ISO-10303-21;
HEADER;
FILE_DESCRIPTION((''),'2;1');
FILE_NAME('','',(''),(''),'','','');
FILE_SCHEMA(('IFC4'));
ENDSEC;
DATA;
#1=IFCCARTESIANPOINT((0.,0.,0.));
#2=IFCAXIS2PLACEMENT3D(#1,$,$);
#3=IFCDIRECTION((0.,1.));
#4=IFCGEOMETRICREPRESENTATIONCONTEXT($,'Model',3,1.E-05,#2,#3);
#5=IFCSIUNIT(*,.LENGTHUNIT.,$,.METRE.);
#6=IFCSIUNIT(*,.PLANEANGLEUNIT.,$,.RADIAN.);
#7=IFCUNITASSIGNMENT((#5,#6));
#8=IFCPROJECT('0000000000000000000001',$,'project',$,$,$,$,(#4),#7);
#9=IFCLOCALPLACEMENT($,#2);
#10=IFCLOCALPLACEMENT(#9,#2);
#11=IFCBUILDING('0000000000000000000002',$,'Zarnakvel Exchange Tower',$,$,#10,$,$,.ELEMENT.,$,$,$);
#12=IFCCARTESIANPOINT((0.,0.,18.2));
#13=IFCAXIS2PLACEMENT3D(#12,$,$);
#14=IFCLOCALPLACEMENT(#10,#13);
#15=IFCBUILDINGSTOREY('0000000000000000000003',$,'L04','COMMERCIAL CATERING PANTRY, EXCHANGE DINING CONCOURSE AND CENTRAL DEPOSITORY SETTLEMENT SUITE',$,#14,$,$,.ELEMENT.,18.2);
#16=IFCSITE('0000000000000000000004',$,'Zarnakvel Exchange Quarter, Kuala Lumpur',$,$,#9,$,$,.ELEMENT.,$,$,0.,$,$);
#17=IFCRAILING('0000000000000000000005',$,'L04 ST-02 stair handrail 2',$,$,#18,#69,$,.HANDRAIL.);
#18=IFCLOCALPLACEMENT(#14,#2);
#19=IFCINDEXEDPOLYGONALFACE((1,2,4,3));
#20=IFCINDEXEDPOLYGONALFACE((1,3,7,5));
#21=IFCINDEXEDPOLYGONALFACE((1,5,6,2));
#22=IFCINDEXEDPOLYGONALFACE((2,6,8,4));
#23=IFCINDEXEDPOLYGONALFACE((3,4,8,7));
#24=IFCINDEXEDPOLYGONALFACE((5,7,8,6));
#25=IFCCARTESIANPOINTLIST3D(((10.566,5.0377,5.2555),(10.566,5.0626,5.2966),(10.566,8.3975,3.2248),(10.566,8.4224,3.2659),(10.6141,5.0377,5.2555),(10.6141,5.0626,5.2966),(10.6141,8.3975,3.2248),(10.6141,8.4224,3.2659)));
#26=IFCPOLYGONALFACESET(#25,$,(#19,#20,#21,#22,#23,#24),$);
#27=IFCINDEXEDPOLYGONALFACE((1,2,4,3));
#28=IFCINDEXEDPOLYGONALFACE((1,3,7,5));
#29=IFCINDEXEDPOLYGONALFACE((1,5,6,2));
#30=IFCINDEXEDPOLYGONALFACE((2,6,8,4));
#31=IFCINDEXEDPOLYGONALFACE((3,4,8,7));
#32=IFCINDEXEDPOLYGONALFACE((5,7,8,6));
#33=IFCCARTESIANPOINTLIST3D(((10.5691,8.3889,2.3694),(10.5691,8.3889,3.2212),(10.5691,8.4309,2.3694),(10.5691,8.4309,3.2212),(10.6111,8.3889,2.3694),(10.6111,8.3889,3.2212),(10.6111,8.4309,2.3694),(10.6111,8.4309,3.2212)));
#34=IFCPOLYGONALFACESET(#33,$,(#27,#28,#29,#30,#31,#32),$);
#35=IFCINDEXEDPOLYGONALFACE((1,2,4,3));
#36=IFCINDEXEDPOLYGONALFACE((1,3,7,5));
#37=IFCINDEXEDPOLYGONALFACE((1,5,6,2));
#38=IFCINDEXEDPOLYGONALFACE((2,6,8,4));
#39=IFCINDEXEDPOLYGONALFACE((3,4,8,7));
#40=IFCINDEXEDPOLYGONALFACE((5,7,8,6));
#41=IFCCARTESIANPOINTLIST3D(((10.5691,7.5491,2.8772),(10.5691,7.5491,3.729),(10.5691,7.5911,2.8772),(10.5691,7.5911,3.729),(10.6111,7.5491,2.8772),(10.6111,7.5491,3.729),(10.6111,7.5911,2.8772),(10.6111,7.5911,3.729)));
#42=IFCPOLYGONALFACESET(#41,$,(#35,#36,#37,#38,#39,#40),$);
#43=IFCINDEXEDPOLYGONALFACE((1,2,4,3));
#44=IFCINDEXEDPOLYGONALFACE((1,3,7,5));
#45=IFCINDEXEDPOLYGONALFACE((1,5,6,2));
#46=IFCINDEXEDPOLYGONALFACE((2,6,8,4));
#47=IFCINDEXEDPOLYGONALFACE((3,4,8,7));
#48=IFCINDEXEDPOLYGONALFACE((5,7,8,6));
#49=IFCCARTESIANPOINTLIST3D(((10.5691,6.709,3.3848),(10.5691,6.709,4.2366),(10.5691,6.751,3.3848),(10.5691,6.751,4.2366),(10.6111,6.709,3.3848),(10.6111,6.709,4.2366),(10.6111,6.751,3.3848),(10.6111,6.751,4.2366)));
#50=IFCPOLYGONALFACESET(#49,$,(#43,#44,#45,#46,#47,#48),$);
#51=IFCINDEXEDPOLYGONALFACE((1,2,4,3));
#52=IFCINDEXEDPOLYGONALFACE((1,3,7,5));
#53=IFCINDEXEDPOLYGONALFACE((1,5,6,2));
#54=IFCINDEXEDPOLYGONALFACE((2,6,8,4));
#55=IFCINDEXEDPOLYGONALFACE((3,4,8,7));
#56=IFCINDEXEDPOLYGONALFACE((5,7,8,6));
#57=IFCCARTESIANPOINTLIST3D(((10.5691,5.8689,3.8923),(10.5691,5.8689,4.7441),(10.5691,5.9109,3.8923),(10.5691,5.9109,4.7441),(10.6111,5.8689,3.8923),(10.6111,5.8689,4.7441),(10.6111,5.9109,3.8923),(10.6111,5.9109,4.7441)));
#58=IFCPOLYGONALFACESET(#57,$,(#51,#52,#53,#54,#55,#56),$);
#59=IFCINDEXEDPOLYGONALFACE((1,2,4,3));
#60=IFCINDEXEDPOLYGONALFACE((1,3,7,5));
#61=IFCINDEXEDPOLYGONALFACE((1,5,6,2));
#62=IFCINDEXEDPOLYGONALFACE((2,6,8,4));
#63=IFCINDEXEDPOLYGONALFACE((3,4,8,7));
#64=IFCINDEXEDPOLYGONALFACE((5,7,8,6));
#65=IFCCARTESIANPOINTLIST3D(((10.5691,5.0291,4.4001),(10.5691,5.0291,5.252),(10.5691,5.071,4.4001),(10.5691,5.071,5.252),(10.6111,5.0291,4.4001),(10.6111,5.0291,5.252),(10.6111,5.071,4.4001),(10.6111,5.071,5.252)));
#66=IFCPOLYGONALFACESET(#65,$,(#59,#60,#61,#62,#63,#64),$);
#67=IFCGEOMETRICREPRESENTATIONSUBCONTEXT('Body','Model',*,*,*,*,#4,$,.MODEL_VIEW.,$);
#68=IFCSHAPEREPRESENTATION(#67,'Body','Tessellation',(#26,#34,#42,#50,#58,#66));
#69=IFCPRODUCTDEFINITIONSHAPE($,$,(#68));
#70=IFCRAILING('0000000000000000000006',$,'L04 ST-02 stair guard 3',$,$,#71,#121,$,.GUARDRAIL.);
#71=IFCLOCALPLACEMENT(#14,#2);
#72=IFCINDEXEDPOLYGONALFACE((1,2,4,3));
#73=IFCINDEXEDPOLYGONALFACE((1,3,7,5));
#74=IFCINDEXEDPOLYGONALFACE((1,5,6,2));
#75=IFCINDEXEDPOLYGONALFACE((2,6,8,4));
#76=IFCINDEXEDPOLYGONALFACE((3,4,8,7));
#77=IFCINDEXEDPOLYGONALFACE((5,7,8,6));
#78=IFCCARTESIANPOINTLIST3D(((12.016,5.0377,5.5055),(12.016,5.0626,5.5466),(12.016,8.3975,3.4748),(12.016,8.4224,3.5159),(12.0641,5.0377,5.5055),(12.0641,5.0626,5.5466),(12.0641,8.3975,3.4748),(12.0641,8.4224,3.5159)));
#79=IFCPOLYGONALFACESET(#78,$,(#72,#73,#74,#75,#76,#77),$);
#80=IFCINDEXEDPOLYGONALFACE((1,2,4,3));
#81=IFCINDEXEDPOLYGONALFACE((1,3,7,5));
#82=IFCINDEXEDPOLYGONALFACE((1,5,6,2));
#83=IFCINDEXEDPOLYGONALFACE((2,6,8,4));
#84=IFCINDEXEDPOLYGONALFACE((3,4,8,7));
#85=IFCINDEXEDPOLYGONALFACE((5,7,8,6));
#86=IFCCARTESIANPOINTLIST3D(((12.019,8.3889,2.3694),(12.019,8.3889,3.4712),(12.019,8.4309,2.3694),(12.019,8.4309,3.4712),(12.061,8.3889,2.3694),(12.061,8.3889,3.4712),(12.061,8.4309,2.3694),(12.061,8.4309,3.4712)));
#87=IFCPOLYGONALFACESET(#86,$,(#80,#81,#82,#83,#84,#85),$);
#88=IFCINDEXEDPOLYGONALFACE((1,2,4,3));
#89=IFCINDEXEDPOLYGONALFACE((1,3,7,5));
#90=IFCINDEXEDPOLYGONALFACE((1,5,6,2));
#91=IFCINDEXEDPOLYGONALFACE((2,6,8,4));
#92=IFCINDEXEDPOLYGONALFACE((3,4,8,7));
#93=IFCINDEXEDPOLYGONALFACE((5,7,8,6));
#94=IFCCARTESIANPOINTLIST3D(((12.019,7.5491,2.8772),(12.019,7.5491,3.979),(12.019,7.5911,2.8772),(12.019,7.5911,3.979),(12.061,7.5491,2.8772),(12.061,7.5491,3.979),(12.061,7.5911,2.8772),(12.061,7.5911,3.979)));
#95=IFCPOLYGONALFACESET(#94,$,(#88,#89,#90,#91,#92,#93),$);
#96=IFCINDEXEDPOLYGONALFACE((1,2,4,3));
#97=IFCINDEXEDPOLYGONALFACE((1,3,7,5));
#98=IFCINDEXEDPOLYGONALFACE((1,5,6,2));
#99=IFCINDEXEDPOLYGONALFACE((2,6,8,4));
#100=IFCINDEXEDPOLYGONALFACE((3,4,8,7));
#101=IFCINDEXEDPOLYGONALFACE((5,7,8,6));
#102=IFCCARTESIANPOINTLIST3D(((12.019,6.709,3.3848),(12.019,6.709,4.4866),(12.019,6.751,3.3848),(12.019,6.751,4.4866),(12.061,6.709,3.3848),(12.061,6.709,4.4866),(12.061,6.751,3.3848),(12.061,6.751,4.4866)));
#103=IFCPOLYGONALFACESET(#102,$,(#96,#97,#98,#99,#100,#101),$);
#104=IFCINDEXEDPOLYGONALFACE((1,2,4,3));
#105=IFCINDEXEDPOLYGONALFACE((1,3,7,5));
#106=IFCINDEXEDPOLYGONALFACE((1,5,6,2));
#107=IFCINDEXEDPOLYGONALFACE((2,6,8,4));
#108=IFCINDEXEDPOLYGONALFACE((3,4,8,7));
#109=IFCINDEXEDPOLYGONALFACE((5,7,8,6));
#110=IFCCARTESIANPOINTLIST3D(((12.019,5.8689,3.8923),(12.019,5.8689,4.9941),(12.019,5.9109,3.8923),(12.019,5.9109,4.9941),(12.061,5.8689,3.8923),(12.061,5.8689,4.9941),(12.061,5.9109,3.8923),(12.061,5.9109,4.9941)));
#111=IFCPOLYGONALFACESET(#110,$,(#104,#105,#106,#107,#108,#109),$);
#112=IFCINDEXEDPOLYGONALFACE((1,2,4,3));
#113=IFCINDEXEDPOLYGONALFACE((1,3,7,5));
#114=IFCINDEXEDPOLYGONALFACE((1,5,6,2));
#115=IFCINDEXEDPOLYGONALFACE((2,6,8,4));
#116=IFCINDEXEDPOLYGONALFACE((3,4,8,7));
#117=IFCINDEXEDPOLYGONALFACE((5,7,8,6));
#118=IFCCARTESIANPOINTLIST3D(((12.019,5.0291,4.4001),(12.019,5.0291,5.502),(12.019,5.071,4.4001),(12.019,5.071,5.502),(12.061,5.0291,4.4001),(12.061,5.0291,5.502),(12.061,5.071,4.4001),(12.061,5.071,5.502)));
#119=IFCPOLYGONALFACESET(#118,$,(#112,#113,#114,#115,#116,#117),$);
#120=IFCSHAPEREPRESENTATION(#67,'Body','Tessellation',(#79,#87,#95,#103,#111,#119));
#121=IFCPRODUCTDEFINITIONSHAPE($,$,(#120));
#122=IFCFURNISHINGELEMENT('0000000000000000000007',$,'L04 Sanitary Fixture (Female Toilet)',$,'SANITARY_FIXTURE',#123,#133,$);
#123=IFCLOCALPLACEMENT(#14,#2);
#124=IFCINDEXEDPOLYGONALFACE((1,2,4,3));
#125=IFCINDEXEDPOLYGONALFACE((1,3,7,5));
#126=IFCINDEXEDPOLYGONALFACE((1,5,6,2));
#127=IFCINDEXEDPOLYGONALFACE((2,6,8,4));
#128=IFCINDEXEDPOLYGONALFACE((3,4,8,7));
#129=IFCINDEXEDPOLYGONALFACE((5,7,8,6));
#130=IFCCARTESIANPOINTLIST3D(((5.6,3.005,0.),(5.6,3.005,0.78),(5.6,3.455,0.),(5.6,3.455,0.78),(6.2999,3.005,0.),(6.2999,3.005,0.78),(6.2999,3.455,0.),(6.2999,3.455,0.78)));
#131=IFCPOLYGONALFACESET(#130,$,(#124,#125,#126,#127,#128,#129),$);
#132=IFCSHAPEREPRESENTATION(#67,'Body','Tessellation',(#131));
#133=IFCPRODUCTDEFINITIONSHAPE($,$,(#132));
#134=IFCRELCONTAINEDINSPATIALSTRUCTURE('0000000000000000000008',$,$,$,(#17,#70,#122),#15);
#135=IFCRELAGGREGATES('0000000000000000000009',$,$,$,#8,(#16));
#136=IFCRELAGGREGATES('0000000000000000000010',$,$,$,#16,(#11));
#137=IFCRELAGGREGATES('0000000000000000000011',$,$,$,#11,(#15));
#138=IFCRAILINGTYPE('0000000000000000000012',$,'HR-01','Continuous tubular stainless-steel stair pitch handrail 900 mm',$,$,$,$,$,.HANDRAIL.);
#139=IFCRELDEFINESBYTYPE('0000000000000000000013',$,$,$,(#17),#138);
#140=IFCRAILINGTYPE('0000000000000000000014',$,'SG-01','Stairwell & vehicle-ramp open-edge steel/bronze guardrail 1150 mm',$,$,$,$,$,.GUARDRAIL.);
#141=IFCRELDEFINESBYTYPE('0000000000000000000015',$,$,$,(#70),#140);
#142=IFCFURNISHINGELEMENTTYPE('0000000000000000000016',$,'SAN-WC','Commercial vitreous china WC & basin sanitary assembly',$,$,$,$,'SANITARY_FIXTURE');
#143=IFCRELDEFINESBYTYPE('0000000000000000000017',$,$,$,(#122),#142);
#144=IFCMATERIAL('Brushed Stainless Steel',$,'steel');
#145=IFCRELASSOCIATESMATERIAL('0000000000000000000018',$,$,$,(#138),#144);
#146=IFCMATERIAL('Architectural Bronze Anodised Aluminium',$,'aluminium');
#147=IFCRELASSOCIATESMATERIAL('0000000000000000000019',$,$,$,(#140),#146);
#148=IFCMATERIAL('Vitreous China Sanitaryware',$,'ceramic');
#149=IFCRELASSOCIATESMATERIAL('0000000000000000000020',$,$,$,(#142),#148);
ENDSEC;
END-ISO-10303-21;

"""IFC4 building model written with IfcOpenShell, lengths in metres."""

from ifc_helpers import new_model, si_unit, direction, frame, origin, origin_2d, place, context, subcontext, project, spatial, rectangle, extrude, source, transform, mapped, material, type_object, element, save


model = new_model("IFC4")

# Units and contexts
model_context = context("Model", 3, precision=1e-05, world=origin(), true_north=direction((0.0, 1.0)))
body_context = subcontext(model_context, "Body", "Model", "MODEL_VIEW")
ifc_project = project(units=[si_unit("LENGTHUNIT", "METRE"), si_unit("PLANEANGLEUNIT", "RADIAN")], contexts=[model_context])

# Site, building, storey
site_placement = place(None, origin())
site = spatial("IfcSite", under=ifc_project, at=site_placement, Name="Zarnakvel Exchange Quarter, Kuala Lumpur", CompositionType="ELEMENT", RefElevation=0.0)
building_placement = place(site_placement, origin())
building = spatial("IfcBuilding", under=site, at=building_placement, Name="Zarnakvel Exchange Tower", CompositionType="ELEMENT")
storey_placement = place(building_placement, frame((0.0, 0.0, 18.2)))
storey = spatial("IfcBuildingStorey", under=building, at=storey_placement, Name="L04", Description="COMMERCIAL CATERING PANTRY, EXCHANGE DINING CONCOURSE AND CENTRAL DEPOSITORY SETTLEMENT SUITE", CompositionType="ELEMENT", Elevation=18.2)

# Shared definitions
ifc_material_1 = material(Name="Brushed Stainless Steel", Category="steel")

# Railings
railing_type_1 = type_object("IfcRailingType", Name="HR-01", Description="Continuous tubular stainless-steel stair pitch handrail 900 mm", PredefinedType="HANDRAIL", material=ifc_material_1)
railing_1_placement = place(storey_placement, frame((10.5901, 8.4099, 2.3694)))
element("IfcRailing", 1, at=railing_1_placement, inside=storey, type_object=railing_type_1, Name="L04 ST-02 stair handrail 2", PredefinedType="HANDRAIL", context=body_context, shape_type="SweptSolid", body=[
    extrude(rectangle(XDim=0.0481, YDim=0.0481, at=origin_2d()), frame((0.0, 0.0, 0.876), z_axis=(0.0, -0.85582, 0.517273), x_axis=(1.0, 0.0, 0.0)), (0.0, 0.0, 1.0), 3.9258),
    extrude(rectangle(XDim=0.042, YDim=0.042, at=origin_2d()), origin(), (0.0, 0.0, 1.0), 0.8518),
    extrude(rectangle(XDim=0.042, YDim=0.042, at=origin_2d()), frame((0.0, -0.8398, 0.5078)), (0.0, 0.0, 1.0), 0.8518),
    extrude(rectangle(XDim=0.042, YDim=0.042, at=origin_2d()), frame((0.0, -1.6799, 1.0154)), (0.0, 0.0, 1.0), 0.8518),
    extrude(rectangle(XDim=0.042, YDim=0.042, at=origin_2d()), frame((0.0, -2.52, 1.5229)), (0.0, 0.0, 1.0), 0.8518),
    extrude(rectangle(XDim=0.042, YDim=0.042, at=origin_2d()), frame((0.0, -3.3599, 2.0308)), (0.0, 0.0, 1.0), 0.8518),
])
ifc_material_2 = material(Name="Architectural Bronze Anodised Aluminium", Category="aluminium")
railing_type_2 = type_object("IfcRailingType", Name="SG-01", Description="Stairwell & vehicle-ramp open-edge steel/bronze guardrail 1150 mm", PredefinedType="GUARDRAIL", material=ifc_material_2)
railing_2_placement = place(storey_placement, frame((12.04, 8.4099, 2.3694)))
element("IfcRailing", 2, at=railing_2_placement, inside=storey, type_object=railing_type_2, Name="L04 ST-02 stair guard 3", PredefinedType="GUARDRAIL", context=body_context, shape_type="SweptSolid", body=[
    extrude(rectangle(XDim=0.0481, YDim=0.0481, at=origin_2d()), frame((0.0, 0.0, 1.126), z_axis=(0.0, -0.85582, 0.517273), x_axis=(1.0, 0.0, 0.0)), (0.0, 0.0, 1.0), 3.9258),
    extrude(rectangle(XDim=0.042, YDim=0.042, at=origin_2d()), origin(), (0.0, 0.0, 1.0), 1.1018),
    extrude(rectangle(XDim=0.042, YDim=0.042, at=origin_2d()), frame((0.0, -0.8398, 0.5078)), (0.0, 0.0, 1.0), 1.1018),
    extrude(rectangle(XDim=0.042, YDim=0.042, at=origin_2d()), frame((0.0, -1.6799, 1.0154)), (0.0, 0.0, 1.0), 1.1018),
    extrude(rectangle(XDim=0.042, YDim=0.042, at=origin_2d()), frame((0.0, -2.52, 1.5229)), (0.0, 0.0, 1.0), 1.1018),
    extrude(rectangle(XDim=0.042, YDim=0.042, at=origin_2d()), frame((0.0, -3.3599, 2.0308)), (0.0, 0.0, 1.0), 1.1018),
])

# Furnishing element
ifc_material_3 = material(Name="Vitreous China Sanitaryware", Category="ceramic")
furnishing_element_type = type_object("IfcFurnishingElementType", Name="SAN-WC", Description="Commercial vitreous china WC & basin sanitary assembly", ElementType="SANITARY_FIXTURE", material=ifc_material_3)
shared_shape_1 = source(origin(), body_context, "Body", "SweptSolid", [
    extrude(rectangle(XDim=0.7, YDim=0.45, at=origin_2d()), origin(), (0.0, 0.0, 1.0), 0.78),
])
furnishing_placement = place(storey_placement, frame((5.95, 3.23, 0.0), z_axis=(0.0, 0.0, 1.0), x_axis=(1.0, 0.0, 0.0)))
element("IfcFurnishingElement", 3, at=furnishing_placement, inside=storey, type_object=furnishing_element_type, Name="L04 Sanitary Fixture (Female Toilet)", ObjectType="SANITARY_FIXTURE", context=body_context, shape_type="MappedRepresentation", body=[
    mapped(shared_shape_1, transform((0.0, 0.0, 0.0), x_axis=(1.0, 0.0, 0.0), y_axis=(0.0, 1.0, 0.0), z_axis=(0.0, 0.0, 1.0), scale=1.0)),
])

save(model, "model.ifc")
